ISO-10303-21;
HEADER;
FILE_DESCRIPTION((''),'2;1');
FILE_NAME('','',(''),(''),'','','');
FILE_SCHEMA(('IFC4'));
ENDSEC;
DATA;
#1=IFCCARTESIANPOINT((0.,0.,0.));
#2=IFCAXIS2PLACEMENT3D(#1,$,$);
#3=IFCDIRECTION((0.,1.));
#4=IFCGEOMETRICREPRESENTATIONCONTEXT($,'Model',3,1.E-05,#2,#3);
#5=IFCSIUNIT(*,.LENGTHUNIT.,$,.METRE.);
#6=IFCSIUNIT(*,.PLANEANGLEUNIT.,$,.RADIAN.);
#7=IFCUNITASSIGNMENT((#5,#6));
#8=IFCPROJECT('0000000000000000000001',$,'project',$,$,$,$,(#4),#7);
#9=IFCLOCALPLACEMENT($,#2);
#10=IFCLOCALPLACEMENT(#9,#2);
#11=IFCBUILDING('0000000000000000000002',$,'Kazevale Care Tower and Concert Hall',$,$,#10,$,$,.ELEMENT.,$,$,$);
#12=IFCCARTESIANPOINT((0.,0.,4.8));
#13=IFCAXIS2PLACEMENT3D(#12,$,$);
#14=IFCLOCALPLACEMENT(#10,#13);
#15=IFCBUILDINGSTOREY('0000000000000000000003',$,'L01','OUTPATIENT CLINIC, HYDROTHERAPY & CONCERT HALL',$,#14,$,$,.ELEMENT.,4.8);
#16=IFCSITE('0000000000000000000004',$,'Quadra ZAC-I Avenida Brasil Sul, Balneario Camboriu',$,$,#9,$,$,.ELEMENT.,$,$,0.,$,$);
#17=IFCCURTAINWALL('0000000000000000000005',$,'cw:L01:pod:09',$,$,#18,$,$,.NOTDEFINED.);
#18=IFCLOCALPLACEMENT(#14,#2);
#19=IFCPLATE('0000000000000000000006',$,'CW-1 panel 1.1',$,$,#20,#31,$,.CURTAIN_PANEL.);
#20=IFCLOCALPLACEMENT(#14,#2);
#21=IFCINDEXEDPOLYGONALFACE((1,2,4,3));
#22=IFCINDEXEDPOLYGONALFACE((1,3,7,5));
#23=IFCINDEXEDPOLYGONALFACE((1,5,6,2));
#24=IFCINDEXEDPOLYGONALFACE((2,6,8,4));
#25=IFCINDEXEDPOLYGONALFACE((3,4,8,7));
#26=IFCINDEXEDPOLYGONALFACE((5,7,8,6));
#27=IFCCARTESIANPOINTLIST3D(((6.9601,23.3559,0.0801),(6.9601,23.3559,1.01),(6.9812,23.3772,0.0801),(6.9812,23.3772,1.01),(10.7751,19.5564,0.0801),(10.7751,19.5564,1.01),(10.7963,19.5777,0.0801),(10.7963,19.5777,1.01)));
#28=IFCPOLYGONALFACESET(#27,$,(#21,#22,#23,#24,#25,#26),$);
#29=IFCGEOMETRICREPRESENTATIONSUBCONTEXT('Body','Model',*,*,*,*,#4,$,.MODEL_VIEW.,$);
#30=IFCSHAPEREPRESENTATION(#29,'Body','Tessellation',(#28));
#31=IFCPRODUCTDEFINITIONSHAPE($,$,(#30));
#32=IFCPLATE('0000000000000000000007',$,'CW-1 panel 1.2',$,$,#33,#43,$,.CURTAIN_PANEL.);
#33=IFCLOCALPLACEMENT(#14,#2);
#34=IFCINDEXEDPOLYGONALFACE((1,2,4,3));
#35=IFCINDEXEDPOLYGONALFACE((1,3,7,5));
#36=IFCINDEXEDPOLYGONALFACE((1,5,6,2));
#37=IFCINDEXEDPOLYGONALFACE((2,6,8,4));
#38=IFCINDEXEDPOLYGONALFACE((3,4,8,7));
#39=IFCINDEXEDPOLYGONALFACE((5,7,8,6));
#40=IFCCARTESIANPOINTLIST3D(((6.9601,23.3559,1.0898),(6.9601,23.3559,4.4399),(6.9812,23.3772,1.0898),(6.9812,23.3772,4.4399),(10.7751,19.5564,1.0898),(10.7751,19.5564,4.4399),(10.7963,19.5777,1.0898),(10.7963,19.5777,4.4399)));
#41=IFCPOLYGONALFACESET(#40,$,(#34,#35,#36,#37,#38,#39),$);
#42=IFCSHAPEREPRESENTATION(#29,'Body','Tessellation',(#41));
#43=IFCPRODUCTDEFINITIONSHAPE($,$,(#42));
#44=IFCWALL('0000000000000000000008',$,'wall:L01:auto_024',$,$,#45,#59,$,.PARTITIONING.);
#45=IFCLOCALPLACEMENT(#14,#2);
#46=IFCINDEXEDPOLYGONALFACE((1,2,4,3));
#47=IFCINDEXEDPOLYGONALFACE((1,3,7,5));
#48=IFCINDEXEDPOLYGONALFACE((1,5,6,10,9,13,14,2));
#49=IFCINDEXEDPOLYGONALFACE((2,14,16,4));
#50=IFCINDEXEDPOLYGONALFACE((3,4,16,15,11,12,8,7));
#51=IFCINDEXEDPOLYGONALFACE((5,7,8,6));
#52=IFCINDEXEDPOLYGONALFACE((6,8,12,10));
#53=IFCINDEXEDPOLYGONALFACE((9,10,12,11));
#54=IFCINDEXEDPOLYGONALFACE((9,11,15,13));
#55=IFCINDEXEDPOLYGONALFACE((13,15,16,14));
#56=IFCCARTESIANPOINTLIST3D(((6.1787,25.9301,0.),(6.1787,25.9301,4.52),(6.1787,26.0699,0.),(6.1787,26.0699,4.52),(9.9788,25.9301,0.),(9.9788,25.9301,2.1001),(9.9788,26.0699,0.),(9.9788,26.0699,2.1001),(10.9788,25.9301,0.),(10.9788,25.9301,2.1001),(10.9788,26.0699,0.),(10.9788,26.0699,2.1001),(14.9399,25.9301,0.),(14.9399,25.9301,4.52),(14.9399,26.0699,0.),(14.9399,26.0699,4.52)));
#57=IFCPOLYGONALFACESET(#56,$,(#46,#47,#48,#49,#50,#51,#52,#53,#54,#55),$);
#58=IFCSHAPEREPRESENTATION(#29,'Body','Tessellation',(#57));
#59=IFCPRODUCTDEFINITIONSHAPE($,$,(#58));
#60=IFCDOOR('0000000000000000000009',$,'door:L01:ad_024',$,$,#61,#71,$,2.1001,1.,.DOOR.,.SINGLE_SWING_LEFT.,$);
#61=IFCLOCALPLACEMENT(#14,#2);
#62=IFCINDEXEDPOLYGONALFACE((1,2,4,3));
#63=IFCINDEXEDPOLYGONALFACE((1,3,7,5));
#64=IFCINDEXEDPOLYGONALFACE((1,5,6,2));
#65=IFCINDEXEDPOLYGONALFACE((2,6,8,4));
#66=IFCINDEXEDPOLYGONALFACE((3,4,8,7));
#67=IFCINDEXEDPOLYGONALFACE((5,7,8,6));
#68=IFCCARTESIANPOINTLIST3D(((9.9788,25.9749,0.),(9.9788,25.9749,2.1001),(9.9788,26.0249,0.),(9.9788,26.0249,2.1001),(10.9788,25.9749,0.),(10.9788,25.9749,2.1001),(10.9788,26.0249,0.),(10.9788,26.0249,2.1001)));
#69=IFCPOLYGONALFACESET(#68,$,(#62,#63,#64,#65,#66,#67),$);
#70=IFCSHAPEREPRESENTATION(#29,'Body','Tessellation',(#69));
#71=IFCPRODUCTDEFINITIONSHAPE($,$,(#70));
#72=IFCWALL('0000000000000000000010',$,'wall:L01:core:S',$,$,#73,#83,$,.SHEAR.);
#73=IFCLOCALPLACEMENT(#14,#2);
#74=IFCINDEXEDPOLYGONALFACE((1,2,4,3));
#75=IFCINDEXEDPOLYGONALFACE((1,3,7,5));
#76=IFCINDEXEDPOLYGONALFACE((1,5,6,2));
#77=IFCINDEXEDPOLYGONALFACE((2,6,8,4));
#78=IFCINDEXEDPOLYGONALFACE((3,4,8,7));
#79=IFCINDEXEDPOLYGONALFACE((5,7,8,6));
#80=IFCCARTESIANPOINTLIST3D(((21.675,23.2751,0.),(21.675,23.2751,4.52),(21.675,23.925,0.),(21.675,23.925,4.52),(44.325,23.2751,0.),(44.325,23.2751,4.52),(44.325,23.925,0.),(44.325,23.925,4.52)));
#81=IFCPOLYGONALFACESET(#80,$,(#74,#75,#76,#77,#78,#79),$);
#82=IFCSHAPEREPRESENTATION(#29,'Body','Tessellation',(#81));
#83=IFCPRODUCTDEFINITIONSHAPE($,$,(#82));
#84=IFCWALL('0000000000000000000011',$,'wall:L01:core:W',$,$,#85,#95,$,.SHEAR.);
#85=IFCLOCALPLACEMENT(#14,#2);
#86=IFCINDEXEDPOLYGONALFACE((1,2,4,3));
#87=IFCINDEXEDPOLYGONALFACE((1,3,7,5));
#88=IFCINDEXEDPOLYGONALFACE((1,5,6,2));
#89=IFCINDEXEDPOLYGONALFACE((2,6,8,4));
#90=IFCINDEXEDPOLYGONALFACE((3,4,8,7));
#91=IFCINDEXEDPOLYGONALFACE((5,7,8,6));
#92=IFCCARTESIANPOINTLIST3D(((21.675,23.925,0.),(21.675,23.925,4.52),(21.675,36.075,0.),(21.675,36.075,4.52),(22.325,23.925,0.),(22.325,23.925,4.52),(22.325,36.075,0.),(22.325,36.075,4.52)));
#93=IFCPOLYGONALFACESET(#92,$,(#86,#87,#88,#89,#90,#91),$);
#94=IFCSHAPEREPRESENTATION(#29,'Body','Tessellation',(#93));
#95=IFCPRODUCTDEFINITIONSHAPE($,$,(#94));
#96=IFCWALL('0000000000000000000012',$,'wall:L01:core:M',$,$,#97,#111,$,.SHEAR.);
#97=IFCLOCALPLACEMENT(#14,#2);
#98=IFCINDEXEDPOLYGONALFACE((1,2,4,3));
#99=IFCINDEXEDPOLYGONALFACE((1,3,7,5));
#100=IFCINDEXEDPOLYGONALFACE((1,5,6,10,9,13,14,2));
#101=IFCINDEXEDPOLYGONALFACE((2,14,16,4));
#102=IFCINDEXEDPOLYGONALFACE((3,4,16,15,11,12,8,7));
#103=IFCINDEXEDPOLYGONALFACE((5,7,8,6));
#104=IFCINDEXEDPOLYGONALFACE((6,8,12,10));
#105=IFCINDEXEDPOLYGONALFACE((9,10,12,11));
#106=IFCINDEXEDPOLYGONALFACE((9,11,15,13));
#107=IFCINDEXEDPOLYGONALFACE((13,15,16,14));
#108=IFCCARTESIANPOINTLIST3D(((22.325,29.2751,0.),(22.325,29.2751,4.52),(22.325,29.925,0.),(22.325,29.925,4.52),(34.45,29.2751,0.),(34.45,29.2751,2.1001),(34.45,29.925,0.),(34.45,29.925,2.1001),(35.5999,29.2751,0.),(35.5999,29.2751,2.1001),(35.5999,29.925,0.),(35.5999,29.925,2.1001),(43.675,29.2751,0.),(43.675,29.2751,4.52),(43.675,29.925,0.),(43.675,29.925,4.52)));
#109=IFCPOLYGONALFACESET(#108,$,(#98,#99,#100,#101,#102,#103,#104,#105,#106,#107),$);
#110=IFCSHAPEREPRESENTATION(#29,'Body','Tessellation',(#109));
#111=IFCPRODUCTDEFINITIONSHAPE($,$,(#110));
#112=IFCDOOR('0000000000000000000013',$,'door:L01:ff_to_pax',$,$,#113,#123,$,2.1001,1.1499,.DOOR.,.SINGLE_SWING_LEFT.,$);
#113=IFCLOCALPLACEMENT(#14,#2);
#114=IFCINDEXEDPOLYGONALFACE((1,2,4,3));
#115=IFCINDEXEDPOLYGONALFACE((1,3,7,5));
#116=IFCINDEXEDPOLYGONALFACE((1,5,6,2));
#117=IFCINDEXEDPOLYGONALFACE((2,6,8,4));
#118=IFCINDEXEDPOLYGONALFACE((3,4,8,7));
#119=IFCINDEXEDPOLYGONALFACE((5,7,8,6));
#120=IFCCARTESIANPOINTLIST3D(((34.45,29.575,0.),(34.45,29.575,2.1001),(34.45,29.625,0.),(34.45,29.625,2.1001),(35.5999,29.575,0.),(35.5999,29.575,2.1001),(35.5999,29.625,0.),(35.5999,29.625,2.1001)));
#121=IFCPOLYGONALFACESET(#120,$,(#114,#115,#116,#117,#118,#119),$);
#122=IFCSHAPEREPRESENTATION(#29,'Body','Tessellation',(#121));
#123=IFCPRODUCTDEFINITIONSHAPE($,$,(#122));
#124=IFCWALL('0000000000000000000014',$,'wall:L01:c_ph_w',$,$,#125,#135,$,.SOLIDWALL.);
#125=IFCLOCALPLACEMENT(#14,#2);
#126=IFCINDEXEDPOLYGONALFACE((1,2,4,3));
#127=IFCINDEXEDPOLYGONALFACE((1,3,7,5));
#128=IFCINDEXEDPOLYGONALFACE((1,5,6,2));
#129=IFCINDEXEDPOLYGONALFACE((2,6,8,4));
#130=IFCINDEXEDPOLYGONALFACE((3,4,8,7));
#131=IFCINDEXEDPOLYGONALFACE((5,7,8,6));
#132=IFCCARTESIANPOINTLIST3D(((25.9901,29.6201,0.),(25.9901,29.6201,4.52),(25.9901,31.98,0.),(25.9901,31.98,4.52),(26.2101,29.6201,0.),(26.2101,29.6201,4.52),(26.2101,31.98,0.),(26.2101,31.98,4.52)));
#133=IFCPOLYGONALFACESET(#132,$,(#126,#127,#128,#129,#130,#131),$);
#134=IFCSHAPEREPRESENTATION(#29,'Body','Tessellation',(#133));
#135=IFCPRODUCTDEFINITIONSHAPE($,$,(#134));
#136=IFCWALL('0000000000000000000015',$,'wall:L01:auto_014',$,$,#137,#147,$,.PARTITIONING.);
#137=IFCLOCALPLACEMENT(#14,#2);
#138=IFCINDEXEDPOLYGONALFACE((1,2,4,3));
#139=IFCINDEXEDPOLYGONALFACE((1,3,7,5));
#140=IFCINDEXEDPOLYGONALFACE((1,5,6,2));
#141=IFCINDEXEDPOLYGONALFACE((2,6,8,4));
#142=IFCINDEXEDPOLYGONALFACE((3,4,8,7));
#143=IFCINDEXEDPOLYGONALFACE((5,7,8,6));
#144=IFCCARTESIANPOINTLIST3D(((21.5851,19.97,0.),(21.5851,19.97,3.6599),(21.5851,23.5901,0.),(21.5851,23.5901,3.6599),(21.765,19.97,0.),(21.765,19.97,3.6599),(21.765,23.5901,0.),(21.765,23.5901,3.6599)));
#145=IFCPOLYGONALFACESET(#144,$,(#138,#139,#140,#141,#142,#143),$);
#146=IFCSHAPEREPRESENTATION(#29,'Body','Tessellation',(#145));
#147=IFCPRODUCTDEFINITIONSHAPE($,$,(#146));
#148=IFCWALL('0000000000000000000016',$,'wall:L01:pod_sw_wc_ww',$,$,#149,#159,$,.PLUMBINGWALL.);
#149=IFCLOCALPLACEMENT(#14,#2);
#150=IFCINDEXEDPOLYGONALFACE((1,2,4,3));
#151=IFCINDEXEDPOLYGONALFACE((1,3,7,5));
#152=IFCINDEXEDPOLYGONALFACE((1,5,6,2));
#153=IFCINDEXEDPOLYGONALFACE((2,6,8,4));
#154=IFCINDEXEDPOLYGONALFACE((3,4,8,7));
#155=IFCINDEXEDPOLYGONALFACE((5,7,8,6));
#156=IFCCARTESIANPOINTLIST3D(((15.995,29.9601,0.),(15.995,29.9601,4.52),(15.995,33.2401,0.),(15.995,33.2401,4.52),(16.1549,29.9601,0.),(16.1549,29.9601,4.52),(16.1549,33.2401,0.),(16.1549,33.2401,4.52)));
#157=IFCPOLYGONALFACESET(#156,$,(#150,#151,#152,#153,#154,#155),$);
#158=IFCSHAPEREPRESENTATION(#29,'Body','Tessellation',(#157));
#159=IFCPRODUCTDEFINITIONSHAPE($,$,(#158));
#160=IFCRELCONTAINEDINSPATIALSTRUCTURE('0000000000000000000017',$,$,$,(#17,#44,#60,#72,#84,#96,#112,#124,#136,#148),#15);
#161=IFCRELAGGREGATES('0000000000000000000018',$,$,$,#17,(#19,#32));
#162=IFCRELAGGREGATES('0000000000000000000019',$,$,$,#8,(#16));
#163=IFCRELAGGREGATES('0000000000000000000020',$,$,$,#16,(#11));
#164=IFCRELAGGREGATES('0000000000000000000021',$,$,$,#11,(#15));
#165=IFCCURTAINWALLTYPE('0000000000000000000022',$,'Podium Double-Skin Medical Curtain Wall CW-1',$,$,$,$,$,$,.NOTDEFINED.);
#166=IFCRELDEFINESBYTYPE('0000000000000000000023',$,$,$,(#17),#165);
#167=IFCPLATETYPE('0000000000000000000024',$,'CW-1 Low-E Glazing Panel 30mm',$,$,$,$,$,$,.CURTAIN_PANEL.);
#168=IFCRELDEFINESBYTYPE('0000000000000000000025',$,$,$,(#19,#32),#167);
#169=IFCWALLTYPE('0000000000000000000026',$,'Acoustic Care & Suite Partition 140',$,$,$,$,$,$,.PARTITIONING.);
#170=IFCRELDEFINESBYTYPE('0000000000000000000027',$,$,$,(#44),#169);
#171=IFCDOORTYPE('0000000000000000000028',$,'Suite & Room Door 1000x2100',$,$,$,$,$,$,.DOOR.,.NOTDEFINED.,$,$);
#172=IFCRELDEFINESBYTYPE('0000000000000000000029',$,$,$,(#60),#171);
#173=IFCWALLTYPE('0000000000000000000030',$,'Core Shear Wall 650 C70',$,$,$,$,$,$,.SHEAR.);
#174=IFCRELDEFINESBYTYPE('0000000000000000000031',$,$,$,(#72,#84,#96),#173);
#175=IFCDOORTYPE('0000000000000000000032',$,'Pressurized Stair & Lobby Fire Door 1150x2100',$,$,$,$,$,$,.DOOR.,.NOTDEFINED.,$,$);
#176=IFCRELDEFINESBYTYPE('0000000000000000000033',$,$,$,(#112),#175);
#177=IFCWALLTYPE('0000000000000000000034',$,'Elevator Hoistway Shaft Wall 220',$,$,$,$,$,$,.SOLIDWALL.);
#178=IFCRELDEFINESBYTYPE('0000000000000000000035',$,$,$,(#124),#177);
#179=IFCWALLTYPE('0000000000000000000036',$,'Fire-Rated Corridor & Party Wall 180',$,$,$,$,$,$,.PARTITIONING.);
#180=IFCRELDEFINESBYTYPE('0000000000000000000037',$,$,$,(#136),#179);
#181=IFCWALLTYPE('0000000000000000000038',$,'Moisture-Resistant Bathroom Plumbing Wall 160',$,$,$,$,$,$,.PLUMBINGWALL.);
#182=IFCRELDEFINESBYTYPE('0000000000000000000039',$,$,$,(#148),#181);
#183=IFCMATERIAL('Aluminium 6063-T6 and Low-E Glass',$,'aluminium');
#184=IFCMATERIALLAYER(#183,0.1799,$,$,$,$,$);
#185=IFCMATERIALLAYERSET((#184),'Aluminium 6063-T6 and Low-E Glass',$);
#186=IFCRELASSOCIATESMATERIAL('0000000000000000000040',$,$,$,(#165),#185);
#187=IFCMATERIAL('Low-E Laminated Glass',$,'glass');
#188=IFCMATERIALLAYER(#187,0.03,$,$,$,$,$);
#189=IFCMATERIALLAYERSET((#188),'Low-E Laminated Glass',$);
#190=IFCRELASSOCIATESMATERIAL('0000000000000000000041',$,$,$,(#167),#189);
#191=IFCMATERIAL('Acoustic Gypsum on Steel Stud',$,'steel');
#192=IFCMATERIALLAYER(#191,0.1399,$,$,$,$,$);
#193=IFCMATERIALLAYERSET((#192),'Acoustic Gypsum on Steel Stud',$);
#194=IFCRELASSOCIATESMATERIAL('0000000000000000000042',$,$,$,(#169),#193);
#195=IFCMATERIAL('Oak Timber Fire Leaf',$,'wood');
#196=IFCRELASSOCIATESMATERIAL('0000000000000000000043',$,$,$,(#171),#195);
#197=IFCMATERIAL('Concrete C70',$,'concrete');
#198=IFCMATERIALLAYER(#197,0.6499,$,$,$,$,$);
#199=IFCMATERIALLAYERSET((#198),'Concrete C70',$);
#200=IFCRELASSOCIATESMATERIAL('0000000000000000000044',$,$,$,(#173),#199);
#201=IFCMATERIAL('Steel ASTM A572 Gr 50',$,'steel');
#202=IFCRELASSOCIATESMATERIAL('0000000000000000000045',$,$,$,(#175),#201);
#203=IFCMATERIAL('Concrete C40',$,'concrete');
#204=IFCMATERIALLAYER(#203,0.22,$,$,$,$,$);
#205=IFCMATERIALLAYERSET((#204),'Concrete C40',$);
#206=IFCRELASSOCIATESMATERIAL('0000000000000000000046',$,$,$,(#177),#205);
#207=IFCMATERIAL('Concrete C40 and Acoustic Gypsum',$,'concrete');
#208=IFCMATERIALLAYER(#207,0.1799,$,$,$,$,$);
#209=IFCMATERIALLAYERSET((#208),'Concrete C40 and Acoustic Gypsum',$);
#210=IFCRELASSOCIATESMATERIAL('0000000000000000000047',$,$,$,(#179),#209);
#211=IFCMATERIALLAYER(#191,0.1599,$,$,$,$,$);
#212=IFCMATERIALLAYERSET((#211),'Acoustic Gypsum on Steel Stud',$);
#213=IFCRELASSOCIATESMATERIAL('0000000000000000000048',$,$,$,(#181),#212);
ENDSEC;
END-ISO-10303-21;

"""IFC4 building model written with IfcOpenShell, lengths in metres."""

from ifc_helpers import new_model, si_unit, direction, frame, frame_2d, origin, origin_2d, place, context, subcontext, project, spatial, rectangle, extrude, material, layer, layer_set, type_object, element, fill, aggregate, save


model = new_model("IFC4")

# Units and contexts
model_context = context("Model", 3, precision=1e-05, world=origin(), true_north=direction((0.0, 1.0)))
body_context = subcontext(model_context, "Body", "Model", "MODEL_VIEW")
ifc_project = project(units=[si_unit("LENGTHUNIT", "METRE"), si_unit("PLANEANGLEUNIT", "RADIAN")], contexts=[model_context])

# Site, building, storey
site_placement = place(None, origin())
site = spatial("IfcSite", under=ifc_project, at=site_placement, Name="Quadra ZAC-I Avenida Brasil Sul, Balneario Camboriu", CompositionType="ELEMENT", RefElevation=0.0)
building_placement = place(site_placement, origin())
building = spatial("IfcBuilding", under=site, at=building_placement, Name="Kazevale Care Tower and Concert Hall", CompositionType="ELEMENT")
storey_placement = place(building_placement, frame((0.0, 0.0, 4.8)))
storey = spatial("IfcBuildingStorey", under=building, at=storey_placement, Name="L01", Description="OUTPATIENT CLINIC, HYDROTHERAPY & CONCERT HALL", CompositionType="ELEMENT", Elevation=4.8)

# Shared definitions
ifc_material_1 = material(Name="Concrete C70", Category="concrete")

# Curtain wall
ifc_material_2 = material(Name="Aluminium 6063-T6 and Low-E Glass", Category="aluminium")
ifc_layer_1 = layer(ifc_material_2, 0.1799)
ifc_layer_set_1 = layer_set([ifc_layer_1], Name="Aluminium 6063-T6 and Low-E Glass")
curtain_wall_type = type_object("IfcCurtainWallType", Name="Podium Double-Skin Medical Curtain Wall CW-1", PredefinedType="NOTDEFINED", material=ifc_layer_set_1)
curtain_wall_placement = place(storey_placement, origin())
curtain_wall = element("IfcCurtainWall", 1, at=curtain_wall_placement, inside=storey, type_object=curtain_wall_type, Name="cw:L01:pod:09", PredefinedType="NOTDEFINED")

# Shared definitions
ifc_material_3 = material(Name="Steel ASTM A572 Gr 50", Category="steel")

# Plates
ifc_material_4 = material(Name="Low-E Laminated Glass", Category="glass")
ifc_layer_2 = layer(ifc_material_4, 0.03)
ifc_layer_set_2 = layer_set([ifc_layer_2], Name="Low-E Laminated Glass")
plate_type = type_object("IfcPlateType", Name="CW-1 Low-E Glazing Panel 30mm", PredefinedType="CURTAIN_PANEL", material=ifc_layer_set_2)
plate_1_placement = place(storey_placement, frame((8.8782, 21.4668, 0.0801), z_axis=(0.0, 0.0, 1.0), x_axis=(0.708555, -0.705656, 0.0)))
plate_1 = element("IfcPlate", 2, at=plate_1_placement, type_object=plate_type, Name="CW-1 panel 1.1", PredefinedType="CURTAIN_PANEL", context=body_context, shape_type="SweptSolid", body=[
    extrude(rectangle(XDim=5.3843, YDim=0.03, at=origin_2d()), origin(), (0.0, 0.0, 1.0), 0.9299),
])
plate_2_placement = place(storey_placement, frame((8.8782, 21.4668, 1.0898), z_axis=(0.0, 0.0, 1.0), x_axis=(0.708555, -0.705656, 0.0)))
plate_2 = element("IfcPlate", 3, at=plate_2_placement, type_object=plate_type, Name="CW-1 panel 1.2", PredefinedType="CURTAIN_PANEL", context=body_context, shape_type="SweptSolid", body=[
    extrude(rectangle(XDim=5.3843, YDim=0.03, at=origin_2d()), origin(), (0.0, 0.0, 1.0), 3.3501),
])
aggregate(curtain_wall, [plate_1, plate_2])

# Wall, opening, door
ifc_material_5 = material(Name="Acoustic Gypsum on Steel Stud", Category="steel")
ifc_layer_3 = layer(ifc_material_5, 0.1399)
ifc_layer_set_3 = layer_set([ifc_layer_3], Name="Acoustic Gypsum on Steel Stud")
wall_type_1 = type_object("IfcWallType", Name="Acoustic Care & Suite Partition 140", PredefinedType="PARTITIONING", material=ifc_layer_set_3)
wall_1_placement = place(storey_placement, frame((6.1787, 26.0, 0.0), z_axis=(0.0, 0.0, 1.0), x_axis=(1.0, 0.0, 0.0)))
wall_1 = element("IfcWall", 4, at=wall_1_placement, inside=storey, type_object=wall_type_1, Name="wall:L01:auto_024", PredefinedType="PARTITIONING", context=body_context, shape_type="SweptSolid", body=[
    extrude(rectangle(XDim=8.7612, YDim=0.1399, at=frame_2d((4.3806, 0.0))), origin(), (0.0, 0.0, 1.0), 4.52),
])
opening_1_placement = place(wall_1_placement, frame((3.8, 0.0, 0.0)))
opening_1 = element("IfcOpeningElement", 5, at=opening_1_placement, cuts=wall_1, PredefinedType="OPENING", context=body_context, shape_type="SweptSolid", body=[
    extrude(rectangle(XDim=1.0, YDim=2.1001, at=frame_2d((0.5, 1.05))), frame((0.0, 0.0798, 0.0), z_axis=(0.0, -1.0, 0.0), x_axis=(1.0, 0.0, 0.0)), (0.0, 0.0, 1.0), 0.1599),
])
ifc_material_6 = material(Name="Oak Timber Fire Leaf", Category="wood")
door_type_1 = type_object("IfcDoorType", Name="Suite & Room Door 1000x2100", OperationType="NOTDEFINED", PredefinedType="DOOR", material=ifc_material_6)
door_1_placement = place(opening_1_placement, origin())
door_1 = element("IfcDoor", 6, at=door_1_placement, inside=storey, type_object=door_type_1, Name="door:L01:ad_024", OperationType="SINGLE_SWING_LEFT", OverallHeight=2.1001, OverallWidth=1.0, PredefinedType="DOOR", context=body_context, shape_type="SweptSolid", body=[
    extrude(rectangle(XDim=1.0, YDim=2.1001, at=frame_2d((0.5, 1.05))), frame((0.0, 0.0249, 0.0), z_axis=(0.0, -1.0, 0.0), x_axis=(1.0, 0.0, 0.0)), (0.0, 0.0, 1.0), 0.05),
])
fill(opening_1, door_1)

# Walls
ifc_layer_4 = layer(ifc_material_1, 0.6499)
ifc_layer_set_4 = layer_set([ifc_layer_4], Name="Concrete C70")
wall_type_2 = type_object("IfcWallType", Name="Core Shear Wall 650 C70", PredefinedType="SHEAR", material=ifc_layer_set_4)
wall_2_placement = place(storey_placement, frame((21.675, 23.6001, 0.0), z_axis=(0.0, 0.0, 1.0), x_axis=(1.0, 0.0, 0.0)))
element("IfcWall", 7, at=wall_2_placement, inside=storey, type_object=wall_type_2, Name="wall:L01:core:S", PredefinedType="SHEAR", context=body_context, shape_type="SweptSolid", body=[
    extrude(rectangle(XDim=22.6499, YDim=0.6499, at=frame_2d((11.325, 0.0))), origin(), (0.0, 0.0, 1.0), 4.52),
])
wall_3_placement = place(storey_placement, frame((22.0, 23.925, 0.0), z_axis=(0.0, 0.0, 1.0), x_axis=(0.0, 1.0, 0.0)))
element("IfcWall", 8, at=wall_3_placement, inside=storey, type_object=wall_type_2, Name="wall:L01:core:W", PredefinedType="SHEAR", context=body_context, shape_type="SweptSolid", body=[
    extrude(rectangle(XDim=12.1499, YDim=0.6499, at=frame_2d((6.075, 0.0))), origin(), (0.0, 0.0, 1.0), 4.52),
])

# Wall, opening, door
wall_4_placement = place(storey_placement, frame((22.325, 29.6001, 0.0), z_axis=(0.0, 0.0, 1.0), x_axis=(1.0, 0.0, 0.0)))
wall_4 = element("IfcWall", 9, at=wall_4_placement, inside=storey, type_object=wall_type_2, Name="wall:L01:core:M", PredefinedType="SHEAR", context=body_context, shape_type="SweptSolid", body=[
    extrude(rectangle(XDim=21.3501, YDim=0.6499, at=frame_2d((10.675, 0.0))), origin(), (0.0, 0.0, 1.0), 4.52),
])
opening_2_placement = place(wall_4_placement, frame((12.125, 0.0, 0.0)))
opening_2 = element("IfcOpeningElement", 10, at=opening_2_placement, cuts=wall_4, PredefinedType="OPENING", context=body_context, shape_type="SweptSolid", body=[
    extrude(rectangle(XDim=1.1499, YDim=2.1001, at=frame_2d((0.575, 1.05))), frame((0.0, 0.335, 0.0), z_axis=(0.0, -1.0, 0.0), x_axis=(1.0, 0.0, 0.0)), (0.0, 0.0, 1.0), 0.6699),
])
door_type_2 = type_object("IfcDoorType", Name="Pressurized Stair & Lobby Fire Door 1150x2100", OperationType="NOTDEFINED", PredefinedType="DOOR", material=ifc_material_3)
door_2_placement = place(opening_2_placement, origin())
door_2 = element("IfcDoor", 11, at=door_2_placement, inside=storey, type_object=door_type_2, Name="door:L01:ff_to_pax", OperationType="SINGLE_SWING_LEFT", OverallHeight=2.1001, OverallWidth=1.1499, PredefinedType="DOOR", context=body_context, shape_type="SweptSolid", body=[
    extrude(rectangle(XDim=1.1499, YDim=2.1001, at=frame_2d((0.575, 1.05))), frame((0.0, 0.0249, 0.0), z_axis=(0.0, -1.0, 0.0), x_axis=(1.0, 0.0, 0.0)), (0.0, 0.0, 1.0), 0.05),
])
fill(opening_2, door_2)

# Walls
ifc_material_7 = material(Name="Concrete C40", Category="concrete")
ifc_layer_5 = layer(ifc_material_7, 0.22)
ifc_layer_set_5 = layer_set([ifc_layer_5], Name="Concrete C40")
wall_type_3 = type_object("IfcWallType", Name="Elevator Hoistway Shaft Wall 220", PredefinedType="SOLIDWALL", material=ifc_layer_set_5)
wall_5_placement = place(storey_placement, frame((26.1001, 29.6201, 0.0), z_axis=(0.0, 0.0, 1.0), x_axis=(0.0, 1.0, 0.0)))
element("IfcWall", 12, at=wall_5_placement, inside=storey, type_object=wall_type_3, Name="wall:L01:c_ph_w", PredefinedType="SOLIDWALL", context=body_context, shape_type="SweptSolid", body=[
    extrude(rectangle(XDim=2.3599, YDim=0.22, at=frame_2d((1.1799, 0.0))), origin(), (0.0, 0.0, 1.0), 4.52),
])
ifc_material_8 = material(Name="Concrete C40 and Acoustic Gypsum", Category="concrete")
ifc_layer_6 = layer(ifc_material_8, 0.1799)
ifc_layer_set_6 = layer_set([ifc_layer_6], Name="Concrete C40 and Acoustic Gypsum")
wall_type_4 = type_object("IfcWallType", Name="Fire-Rated Corridor & Party Wall 180", PredefinedType="PARTITIONING", material=ifc_layer_set_6)
wall_6_placement = place(storey_placement, frame((21.675, 23.5901, 0.0), z_axis=(0.0, 0.0, 1.0), x_axis=(0.0, -1.0, 0.0)))
element("IfcWall", 13, at=wall_6_placement, inside=storey, type_object=wall_type_4, Name="wall:L01:auto_014", PredefinedType="PARTITIONING", context=body_context, shape_type="SweptSolid", body=[
    extrude(rectangle(XDim=3.6201, YDim=0.1799, at=frame_2d((1.8101, 0.0))), origin(), (0.0, 0.0, 1.0), 3.6599),
])
ifc_layer_7 = layer(ifc_material_5, 0.1599)
ifc_layer_set_7 = layer_set([ifc_layer_7], Name="Acoustic Gypsum on Steel Stud")
wall_type_5 = type_object("IfcWallType", Name="Moisture-Resistant Bathroom Plumbing Wall 160", PredefinedType="PLUMBINGWALL", material=ifc_layer_set_7)
wall_7_placement = place(storey_placement, frame((16.075, 29.96, 0.0), z_axis=(0.0, 0.0, 1.0), x_axis=(0.0, 1.0, 0.0)))
element("IfcWall", 14, at=wall_7_placement, inside=storey, type_object=wall_type_5, Name="wall:L01:pod_sw_wc_ww", PredefinedType="PLUMBINGWALL", context=body_context, shape_type="SweptSolid", body=[
    extrude(rectangle(XDim=3.28, YDim=0.1599, at=frame_2d((1.6401, 0.0))), origin(), (0.0, 0.0, 1.0), 4.52),
])

save(model, "model.ifc")
